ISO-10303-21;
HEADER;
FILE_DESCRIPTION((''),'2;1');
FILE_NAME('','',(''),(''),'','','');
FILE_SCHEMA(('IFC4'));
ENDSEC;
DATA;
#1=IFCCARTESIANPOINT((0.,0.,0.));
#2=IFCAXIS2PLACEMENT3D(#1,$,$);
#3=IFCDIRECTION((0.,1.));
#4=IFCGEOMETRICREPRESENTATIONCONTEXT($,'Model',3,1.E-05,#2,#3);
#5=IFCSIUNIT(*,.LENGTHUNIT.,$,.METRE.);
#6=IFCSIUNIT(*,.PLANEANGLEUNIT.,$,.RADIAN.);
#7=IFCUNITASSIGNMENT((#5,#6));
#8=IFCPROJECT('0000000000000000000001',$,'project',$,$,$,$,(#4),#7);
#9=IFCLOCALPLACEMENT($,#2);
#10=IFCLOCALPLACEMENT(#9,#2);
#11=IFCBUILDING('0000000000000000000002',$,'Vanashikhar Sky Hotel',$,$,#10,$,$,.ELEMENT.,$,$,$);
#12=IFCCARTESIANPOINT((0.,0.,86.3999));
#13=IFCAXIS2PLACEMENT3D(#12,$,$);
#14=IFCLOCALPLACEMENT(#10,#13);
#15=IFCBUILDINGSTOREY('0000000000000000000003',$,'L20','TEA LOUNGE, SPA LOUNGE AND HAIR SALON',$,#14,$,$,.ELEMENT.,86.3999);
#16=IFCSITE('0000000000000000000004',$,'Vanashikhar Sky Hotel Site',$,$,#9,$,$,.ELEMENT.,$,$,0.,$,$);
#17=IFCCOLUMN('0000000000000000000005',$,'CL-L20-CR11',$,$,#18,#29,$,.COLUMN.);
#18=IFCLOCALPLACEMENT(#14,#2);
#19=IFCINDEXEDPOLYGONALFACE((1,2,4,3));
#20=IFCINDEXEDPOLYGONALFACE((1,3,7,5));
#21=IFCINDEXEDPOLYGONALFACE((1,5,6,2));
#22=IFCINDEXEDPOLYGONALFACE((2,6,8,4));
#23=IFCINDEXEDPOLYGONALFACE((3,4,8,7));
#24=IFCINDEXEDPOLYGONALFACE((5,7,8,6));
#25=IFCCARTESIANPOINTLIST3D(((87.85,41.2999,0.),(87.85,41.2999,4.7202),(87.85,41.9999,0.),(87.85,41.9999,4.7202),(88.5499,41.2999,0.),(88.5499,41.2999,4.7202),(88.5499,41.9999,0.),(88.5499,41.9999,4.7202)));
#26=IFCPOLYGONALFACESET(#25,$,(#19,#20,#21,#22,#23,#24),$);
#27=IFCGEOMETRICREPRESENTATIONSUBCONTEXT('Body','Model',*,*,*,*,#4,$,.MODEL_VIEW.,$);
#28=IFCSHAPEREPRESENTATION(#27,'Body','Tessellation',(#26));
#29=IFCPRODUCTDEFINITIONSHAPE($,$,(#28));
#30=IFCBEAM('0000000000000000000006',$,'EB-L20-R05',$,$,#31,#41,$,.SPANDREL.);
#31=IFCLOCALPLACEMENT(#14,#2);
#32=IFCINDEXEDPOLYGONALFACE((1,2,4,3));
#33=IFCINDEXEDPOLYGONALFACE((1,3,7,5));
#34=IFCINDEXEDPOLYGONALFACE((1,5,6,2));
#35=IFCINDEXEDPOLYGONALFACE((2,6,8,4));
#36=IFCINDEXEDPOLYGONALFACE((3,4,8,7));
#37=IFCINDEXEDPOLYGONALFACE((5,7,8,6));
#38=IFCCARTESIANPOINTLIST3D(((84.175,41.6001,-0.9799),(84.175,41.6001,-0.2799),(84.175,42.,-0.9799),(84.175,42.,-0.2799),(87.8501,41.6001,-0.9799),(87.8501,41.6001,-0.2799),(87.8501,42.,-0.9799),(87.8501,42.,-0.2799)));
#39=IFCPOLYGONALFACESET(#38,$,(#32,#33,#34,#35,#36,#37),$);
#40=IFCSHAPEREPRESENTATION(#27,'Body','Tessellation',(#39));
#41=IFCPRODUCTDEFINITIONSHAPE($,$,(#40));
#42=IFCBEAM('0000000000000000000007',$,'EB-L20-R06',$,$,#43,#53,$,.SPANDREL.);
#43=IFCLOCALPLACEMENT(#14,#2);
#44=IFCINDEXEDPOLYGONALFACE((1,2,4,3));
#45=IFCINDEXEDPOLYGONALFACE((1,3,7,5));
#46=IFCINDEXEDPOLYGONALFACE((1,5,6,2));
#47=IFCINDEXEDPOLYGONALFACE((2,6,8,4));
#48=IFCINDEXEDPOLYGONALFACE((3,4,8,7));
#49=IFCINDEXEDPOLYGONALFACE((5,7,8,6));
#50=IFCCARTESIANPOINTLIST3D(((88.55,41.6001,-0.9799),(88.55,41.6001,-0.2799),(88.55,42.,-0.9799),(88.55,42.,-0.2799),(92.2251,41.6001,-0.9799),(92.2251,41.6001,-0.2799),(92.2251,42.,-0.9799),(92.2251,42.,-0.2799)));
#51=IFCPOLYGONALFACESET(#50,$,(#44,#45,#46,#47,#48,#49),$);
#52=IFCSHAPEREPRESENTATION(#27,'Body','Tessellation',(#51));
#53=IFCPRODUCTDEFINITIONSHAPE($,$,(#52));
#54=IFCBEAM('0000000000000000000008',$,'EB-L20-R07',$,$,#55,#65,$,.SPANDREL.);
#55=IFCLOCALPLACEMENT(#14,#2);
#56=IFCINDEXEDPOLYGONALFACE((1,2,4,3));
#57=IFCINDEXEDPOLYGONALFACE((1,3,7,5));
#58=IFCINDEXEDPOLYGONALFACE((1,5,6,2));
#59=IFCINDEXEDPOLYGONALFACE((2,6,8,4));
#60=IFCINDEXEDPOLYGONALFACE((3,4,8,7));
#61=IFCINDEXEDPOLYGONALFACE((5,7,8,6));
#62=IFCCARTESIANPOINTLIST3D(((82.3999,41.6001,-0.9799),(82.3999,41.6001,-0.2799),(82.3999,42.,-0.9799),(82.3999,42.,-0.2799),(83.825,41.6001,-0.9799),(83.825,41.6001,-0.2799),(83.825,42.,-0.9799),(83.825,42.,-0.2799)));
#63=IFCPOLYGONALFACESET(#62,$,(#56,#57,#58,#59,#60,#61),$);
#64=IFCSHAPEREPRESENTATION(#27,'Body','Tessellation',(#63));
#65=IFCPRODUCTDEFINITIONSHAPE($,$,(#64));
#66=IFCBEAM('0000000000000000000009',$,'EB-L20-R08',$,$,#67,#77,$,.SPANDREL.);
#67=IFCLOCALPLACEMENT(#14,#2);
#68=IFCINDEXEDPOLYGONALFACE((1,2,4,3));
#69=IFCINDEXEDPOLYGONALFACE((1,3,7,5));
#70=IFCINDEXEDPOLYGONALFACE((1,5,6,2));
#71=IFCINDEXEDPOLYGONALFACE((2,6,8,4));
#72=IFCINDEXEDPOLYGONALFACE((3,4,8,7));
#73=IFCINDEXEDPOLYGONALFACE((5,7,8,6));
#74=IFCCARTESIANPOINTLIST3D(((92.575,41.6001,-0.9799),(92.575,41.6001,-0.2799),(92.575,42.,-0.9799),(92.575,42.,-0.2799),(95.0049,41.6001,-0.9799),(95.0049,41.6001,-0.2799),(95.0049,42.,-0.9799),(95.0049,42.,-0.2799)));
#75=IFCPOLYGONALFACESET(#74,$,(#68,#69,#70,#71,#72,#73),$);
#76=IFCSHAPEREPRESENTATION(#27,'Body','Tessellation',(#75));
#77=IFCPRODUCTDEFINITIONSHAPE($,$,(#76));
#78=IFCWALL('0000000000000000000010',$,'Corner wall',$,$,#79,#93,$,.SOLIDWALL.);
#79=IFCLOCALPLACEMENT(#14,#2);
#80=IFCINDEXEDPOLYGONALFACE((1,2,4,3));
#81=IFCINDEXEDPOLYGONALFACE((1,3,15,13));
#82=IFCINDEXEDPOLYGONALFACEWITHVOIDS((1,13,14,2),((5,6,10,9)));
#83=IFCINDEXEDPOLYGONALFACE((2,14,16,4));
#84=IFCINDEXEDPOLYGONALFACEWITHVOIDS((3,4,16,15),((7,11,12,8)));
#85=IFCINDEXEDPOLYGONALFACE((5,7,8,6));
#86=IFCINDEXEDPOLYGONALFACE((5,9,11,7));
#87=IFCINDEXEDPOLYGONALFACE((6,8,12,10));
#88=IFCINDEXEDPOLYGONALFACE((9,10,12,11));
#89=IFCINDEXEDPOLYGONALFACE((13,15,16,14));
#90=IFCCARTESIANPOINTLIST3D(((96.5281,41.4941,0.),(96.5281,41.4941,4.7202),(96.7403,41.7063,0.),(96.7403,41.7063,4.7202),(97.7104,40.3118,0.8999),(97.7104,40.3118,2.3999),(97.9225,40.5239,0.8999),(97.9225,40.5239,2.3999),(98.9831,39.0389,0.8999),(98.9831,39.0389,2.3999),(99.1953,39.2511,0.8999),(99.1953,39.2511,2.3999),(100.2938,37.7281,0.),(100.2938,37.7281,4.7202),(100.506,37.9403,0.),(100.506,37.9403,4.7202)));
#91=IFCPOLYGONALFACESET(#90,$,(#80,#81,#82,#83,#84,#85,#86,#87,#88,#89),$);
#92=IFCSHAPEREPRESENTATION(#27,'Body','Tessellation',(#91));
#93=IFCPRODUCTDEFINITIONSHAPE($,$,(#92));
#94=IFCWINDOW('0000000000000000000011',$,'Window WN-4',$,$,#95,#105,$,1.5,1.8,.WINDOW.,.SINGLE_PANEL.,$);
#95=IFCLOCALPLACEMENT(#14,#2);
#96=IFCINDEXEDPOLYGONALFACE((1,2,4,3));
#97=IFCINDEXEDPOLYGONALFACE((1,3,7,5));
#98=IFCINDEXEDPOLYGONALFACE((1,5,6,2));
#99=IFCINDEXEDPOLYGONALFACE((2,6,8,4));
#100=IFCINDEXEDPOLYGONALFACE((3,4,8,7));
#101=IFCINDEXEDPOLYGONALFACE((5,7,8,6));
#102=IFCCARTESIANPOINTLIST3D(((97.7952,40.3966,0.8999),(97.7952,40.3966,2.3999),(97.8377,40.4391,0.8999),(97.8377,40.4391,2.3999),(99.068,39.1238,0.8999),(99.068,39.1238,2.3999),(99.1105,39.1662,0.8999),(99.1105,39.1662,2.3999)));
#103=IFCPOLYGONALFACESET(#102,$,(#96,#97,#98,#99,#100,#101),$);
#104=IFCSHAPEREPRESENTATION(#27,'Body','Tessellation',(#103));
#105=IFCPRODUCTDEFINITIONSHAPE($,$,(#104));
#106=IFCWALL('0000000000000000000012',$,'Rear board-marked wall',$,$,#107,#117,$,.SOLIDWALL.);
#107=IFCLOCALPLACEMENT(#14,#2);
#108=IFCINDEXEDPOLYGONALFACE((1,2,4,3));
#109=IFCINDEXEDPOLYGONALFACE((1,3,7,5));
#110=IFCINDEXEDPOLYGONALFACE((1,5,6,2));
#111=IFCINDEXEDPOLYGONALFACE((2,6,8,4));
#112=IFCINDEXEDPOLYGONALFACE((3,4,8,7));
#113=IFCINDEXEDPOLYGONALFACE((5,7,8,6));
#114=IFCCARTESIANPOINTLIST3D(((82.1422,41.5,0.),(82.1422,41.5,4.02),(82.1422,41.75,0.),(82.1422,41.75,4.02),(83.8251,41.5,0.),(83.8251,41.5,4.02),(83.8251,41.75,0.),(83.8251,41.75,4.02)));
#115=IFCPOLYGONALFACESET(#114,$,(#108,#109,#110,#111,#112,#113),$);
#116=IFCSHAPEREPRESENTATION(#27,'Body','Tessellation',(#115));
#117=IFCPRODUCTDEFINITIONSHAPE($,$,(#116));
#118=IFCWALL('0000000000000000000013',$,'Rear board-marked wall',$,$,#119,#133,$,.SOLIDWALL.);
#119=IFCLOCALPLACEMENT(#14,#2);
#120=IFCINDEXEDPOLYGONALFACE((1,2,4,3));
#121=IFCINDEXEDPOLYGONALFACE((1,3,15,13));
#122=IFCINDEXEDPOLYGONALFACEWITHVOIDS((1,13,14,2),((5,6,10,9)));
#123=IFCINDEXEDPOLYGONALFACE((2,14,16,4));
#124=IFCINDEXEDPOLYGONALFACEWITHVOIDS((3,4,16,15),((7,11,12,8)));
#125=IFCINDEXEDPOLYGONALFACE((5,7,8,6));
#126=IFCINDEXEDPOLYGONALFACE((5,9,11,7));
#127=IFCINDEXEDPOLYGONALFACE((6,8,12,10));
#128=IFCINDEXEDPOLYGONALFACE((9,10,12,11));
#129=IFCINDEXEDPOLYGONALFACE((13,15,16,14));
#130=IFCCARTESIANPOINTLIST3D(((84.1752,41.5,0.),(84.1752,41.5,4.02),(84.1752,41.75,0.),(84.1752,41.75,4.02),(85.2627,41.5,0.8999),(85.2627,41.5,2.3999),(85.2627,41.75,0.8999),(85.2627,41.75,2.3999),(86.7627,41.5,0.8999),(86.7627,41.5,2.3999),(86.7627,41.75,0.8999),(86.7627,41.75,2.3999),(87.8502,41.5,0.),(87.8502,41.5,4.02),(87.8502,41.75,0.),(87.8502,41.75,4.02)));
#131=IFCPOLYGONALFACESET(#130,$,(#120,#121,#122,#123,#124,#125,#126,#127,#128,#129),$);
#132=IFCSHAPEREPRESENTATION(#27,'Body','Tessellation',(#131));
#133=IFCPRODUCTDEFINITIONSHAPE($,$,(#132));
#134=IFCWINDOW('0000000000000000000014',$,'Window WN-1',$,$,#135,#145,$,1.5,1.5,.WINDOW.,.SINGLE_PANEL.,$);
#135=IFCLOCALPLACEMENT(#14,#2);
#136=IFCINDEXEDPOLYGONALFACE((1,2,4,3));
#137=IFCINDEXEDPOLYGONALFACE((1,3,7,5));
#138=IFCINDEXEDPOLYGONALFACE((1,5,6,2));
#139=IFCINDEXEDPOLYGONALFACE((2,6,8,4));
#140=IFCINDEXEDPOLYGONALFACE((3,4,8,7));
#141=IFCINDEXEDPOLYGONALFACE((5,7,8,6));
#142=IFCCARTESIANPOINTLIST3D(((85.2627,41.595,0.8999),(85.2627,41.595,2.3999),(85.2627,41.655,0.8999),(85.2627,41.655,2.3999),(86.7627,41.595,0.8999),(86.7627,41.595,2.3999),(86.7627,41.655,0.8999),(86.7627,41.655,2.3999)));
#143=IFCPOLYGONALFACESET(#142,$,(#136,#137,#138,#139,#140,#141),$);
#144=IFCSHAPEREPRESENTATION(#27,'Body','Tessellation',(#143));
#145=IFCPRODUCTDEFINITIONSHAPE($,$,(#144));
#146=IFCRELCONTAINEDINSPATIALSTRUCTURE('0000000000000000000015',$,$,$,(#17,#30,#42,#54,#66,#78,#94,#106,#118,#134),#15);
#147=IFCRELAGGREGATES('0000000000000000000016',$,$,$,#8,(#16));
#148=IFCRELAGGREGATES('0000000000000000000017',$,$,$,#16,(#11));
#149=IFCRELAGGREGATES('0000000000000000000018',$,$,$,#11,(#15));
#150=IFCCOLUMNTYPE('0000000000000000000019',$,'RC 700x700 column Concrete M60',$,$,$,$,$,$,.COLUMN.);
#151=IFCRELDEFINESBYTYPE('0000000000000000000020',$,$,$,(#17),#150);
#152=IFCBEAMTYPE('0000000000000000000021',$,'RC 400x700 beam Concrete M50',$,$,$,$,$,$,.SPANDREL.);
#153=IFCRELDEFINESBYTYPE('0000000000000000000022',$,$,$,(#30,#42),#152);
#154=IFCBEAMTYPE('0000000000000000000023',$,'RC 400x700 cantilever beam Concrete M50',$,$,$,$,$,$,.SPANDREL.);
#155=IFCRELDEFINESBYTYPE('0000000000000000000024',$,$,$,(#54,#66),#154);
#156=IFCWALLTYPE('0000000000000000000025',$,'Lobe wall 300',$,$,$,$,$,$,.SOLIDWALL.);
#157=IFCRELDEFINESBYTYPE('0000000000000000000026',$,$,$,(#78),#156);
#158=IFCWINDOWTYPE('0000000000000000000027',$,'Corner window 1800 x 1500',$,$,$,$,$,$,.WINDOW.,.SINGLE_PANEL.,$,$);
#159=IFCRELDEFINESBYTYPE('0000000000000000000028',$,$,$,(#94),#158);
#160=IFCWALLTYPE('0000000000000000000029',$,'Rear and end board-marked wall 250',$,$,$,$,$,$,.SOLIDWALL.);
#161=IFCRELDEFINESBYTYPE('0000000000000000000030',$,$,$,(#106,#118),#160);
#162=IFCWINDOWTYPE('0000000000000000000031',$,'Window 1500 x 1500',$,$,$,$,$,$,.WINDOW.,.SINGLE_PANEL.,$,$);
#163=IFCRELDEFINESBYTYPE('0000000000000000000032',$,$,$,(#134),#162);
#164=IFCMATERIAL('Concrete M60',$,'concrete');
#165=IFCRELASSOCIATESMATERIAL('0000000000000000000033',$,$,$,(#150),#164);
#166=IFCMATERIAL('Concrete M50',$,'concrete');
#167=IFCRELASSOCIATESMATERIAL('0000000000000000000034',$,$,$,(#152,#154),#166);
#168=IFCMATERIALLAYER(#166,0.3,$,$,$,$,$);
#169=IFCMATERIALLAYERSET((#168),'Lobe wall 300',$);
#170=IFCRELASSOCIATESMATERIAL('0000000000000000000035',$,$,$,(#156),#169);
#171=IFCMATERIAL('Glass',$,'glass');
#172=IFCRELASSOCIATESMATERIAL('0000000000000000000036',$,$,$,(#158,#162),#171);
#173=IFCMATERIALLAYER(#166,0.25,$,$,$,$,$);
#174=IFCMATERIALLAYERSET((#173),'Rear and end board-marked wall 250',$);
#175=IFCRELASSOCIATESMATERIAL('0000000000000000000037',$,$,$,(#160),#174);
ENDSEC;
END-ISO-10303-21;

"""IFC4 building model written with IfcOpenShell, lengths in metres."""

from ifc_helpers import new_model, si_unit, direction, frame, frame_2d, origin, origin_2d, place, context, subcontext, project, spatial, rectangle, extrude, source, transform, mapped, material, layer, layer_set, material_profile, profile_set, type_object, element, fill, save


model = new_model("IFC4")

# Units and contexts
model_context = context("Model", 3, precision=1e-05, world=origin(), true_north=direction((0.0, 1.0)))
body_context = subcontext(model_context, "Body", "Model", "MODEL_VIEW")
ifc_project = project(units=[si_unit("LENGTHUNIT", "METRE"), si_unit("PLANEANGLEUNIT", "RADIAN")], contexts=[model_context])

# Site, building, storey
site_placement = place(None, origin())
site = spatial("IfcSite", under=ifc_project, at=site_placement, Name="Vanashikhar Sky Hotel Site", CompositionType="ELEMENT", RefElevation=0.0)
building_placement = place(site_placement, origin())
building = spatial("IfcBuilding", under=site, at=building_placement, Name="Vanashikhar Sky Hotel", CompositionType="ELEMENT")
storey_placement = place(building_placement, frame((0.0, 0.0, 86.3999)))
storey = spatial("IfcBuildingStorey", under=building, at=storey_placement, Name="L20", Description="TEA LOUNGE, SPA LOUNGE AND HAIR SALON", CompositionType="ELEMENT", Elevation=86.3999)

# Column
ifc_material_1 = material(Name="Concrete M60", Category="concrete")
ifc_material_profile_1 = material_profile(ifc_material_1, rectangle(XDim=0.7, YDim=0.7, at=origin_2d()))
ifc_profile_set_1 = profile_set([ifc_material_profile_1], Name="RC 700x700 column Concrete M60")
column_type = type_object("IfcColumnType", Name="RC 700x700 column Concrete M60", PredefinedType="COLUMN", material=ifc_profile_set_1)
shared_shape_1 = source(origin(), body_context, "Body", "SweptSolid", [
    extrude(rectangle(XDim=0.7, YDim=0.7, at=origin_2d()), origin(), (0.0, 0.0, 1.0), 4.7202),
])
column_placement = place(storey_placement, frame((88.2, 41.6499, 0.0), z_axis=(0.0, 0.0, 1.0), x_axis=(1.0, 0.0, 0.0)))
element("IfcColumn", 1, at=column_placement, inside=storey, type_object=column_type, Name="CL-L20-CR11", PredefinedType="COLUMN", context=body_context, shape_type="MappedRepresentation", body=[
    mapped(shared_shape_1, transform((0.0, 0.0, 0.0), scale=1.0)),
])

# Beams
ifc_material_2 = material(Name="Concrete M50", Category="concrete")
ifc_material_profile_2 = material_profile(ifc_material_2, rectangle(XDim=0.3999, YDim=0.7, at=origin_2d()))
ifc_profile_set_2 = profile_set([ifc_material_profile_2], Name="RC 400x700 beam Concrete M50")
beam_type_1 = type_object("IfcBeamType", Name="RC 400x700 beam Concrete M50", PredefinedType="SPANDREL", material=ifc_profile_set_2)
shared_shape_2 = source(origin(), body_context, "Body", "SweptSolid", [
    extrude(rectangle(XDim=0.3999, YDim=0.7, at=origin_2d()), origin(), (0.0, 0.0, 1.0), 3.675),
])
for number, where, z_axis, x_axis, name in (
    (2, (84.175, 41.8, -0.6299), (1.0, 0.0, 0.0), (0.0, 1.0, 0.0), "EB-L20-R05"),
    (3, (88.55, 41.8, -0.6299), (1.0, 0.0, 0.0), (0.0, 1.0, 0.0), "EB-L20-R06"),
):
    element("IfcBeam", number, at=place(storey_placement, frame(where, z_axis=z_axis, x_axis=x_axis)), inside=storey, type_object=beam_type_1, Name=name, PredefinedType="SPANDREL", context=body_context, shape_type="MappedRepresentation", body=[
        mapped(shared_shape_2, transform((0.0, 0.0, 0.0), scale=1.0)),
    ])
ifc_material_profile_3 = material_profile(ifc_material_2, rectangle(XDim=0.3999, YDim=0.7, at=origin_2d()))
ifc_profile_set_3 = profile_set([ifc_material_profile_3], Name="RC 400x700 cantilever beam Concrete M50")
beam_type_2 = type_object("IfcBeamType", Name="RC 400x700 cantilever beam Concrete M50", PredefinedType="SPANDREL", material=ifc_profile_set_3)
shared_shape_3 = source(origin(), body_context, "Body", "SweptSolid", [
    extrude(rectangle(XDim=0.3999, YDim=0.7, at=origin_2d()), origin(), (0.0, 0.0, 1.0), 1.425),
])
beam_1_placement = place(storey_placement, frame((82.3999, 41.8, -0.6299), z_axis=(1.0, 0.0, 0.0), x_axis=(0.0, 1.0, 0.0)))
element("IfcBeam", 4, at=beam_1_placement, inside=storey, type_object=beam_type_2, Name="EB-L20-R07", PredefinedType="SPANDREL", context=body_context, shape_type="MappedRepresentation", body=[
    mapped(shared_shape_3, transform((0.0, 0.0, 0.0), scale=1.0)),
])
shared_shape_4 = source(origin(), body_context, "Body", "SweptSolid", [
    extrude(rectangle(XDim=0.3999, YDim=0.7, at=origin_2d()), origin(), (0.0, 0.0, 1.0), 2.4299),
])
beam_2_placement = place(storey_placement, frame((92.575, 41.8, -0.6299), z_axis=(1.0, 0.0, 0.0), x_axis=(0.0, 1.0, 0.0)))
element("IfcBeam", 5, at=beam_2_placement, inside=storey, type_object=beam_type_2, Name="EB-L20-R08", PredefinedType="SPANDREL", context=body_context, shape_type="MappedRepresentation", body=[
    mapped(shared_shape_4, transform((0.0, 0.0, 0.0), scale=1.0)),
])

# Wall, opening, window
ifc_layer_1 = layer(ifc_material_2, 0.3)
ifc_layer_set_1 = layer_set([ifc_layer_1], Name="Lobe wall 300")
wall_type_1 = type_object("IfcWallType", Name="Lobe wall 300", PredefinedType="SOLIDWALL", material=ifc_layer_set_1)
shared_shape_5 = source(origin(), body_context, "Body", "SweptSolid", [
    extrude(rectangle(XDim=5.3257, YDim=0.3, at=frame_2d((2.6628, 0.0))), origin(), (0.0, 0.0, 1.0), 4.7202),
])
wall_1_placement = place(storey_placement, frame((100.3999, 37.8342, 0.0), z_axis=(0.0, 0.0, 1.0), x_axis=(-0.707084, 0.70713, 0.0)))
wall_1 = element("IfcWall", 6, at=wall_1_placement, inside=storey, type_object=wall_type_1, Name="Corner wall", PredefinedType="SOLIDWALL", context=body_context, shape_type="MappedRepresentation", body=[
    mapped(shared_shape_5, transform((0.0, 0.0, 0.0), scale=1.0)),
])
shared_shape_6 = source(origin(), body_context, "Body", "SweptSolid", [
    extrude(rectangle(XDim=1.8, YDim=1.5, at=frame_2d((0.8999, 0.75))), frame((0.0, 0.1602, 0.0), z_axis=(0.0, -1.0, 0.0), x_axis=(1.0, 0.0, 0.0)), (0.0, 0.0, 1.0), 0.3201),
])
opening_1_placement = place(wall_1_placement, frame((1.8538, 0.0, 0.8999)))
opening_1 = element("IfcOpeningElement", 7, at=opening_1_placement, cuts=wall_1, PredefinedType="OPENING", context=body_context, shape_type="MappedRepresentation", body=[
    mapped(shared_shape_6, transform((0.0, 0.0, 0.0), scale=1.0)),
])
ifc_material_3 = material(Name="Glass", Category="glass")
window_type_1 = type_object("IfcWindowType", Name="Corner window 1800 x 1500", PartitioningType="SINGLE_PANEL", PredefinedType="WINDOW", material=ifc_material_3)
shared_shape_7 = source(origin(), body_context, "Body", "SweptSolid", [
    extrude(rectangle(XDim=1.8, YDim=1.5, at=frame_2d((0.8999, 0.75))), frame((0.0, 0.03, 0.0), z_axis=(0.0, -1.0, 0.0), x_axis=(1.0, 0.0, 0.0)), (0.0, 0.0, 1.0), 0.0601),
])
window_1_placement = place(opening_1_placement, origin())
window_1 = element("IfcWindow", 8, at=window_1_placement, inside=storey, type_object=window_type_1, Name="Window WN-4", OverallHeight=1.5, OverallWidth=1.8, PartitioningType="SINGLE_PANEL", PredefinedType="WINDOW", context=body_context, shape_type="MappedRepresentation", body=[
    mapped(shared_shape_7, transform((0.0, 0.0, 0.0), scale=1.0)),
])
fill(opening_1, window_1)

# Wall
ifc_layer_2 = layer(ifc_material_2, 0.25)
ifc_layer_set_2 = layer_set([ifc_layer_2], Name="Rear and end board-marked wall 250")
wall_type_2 = type_object("IfcWallType", Name="Rear and end board-marked wall 250", PredefinedType="SOLIDWALL", material=ifc_layer_set_2)
shared_shape_8 = source(origin(), body_context, "Body", "SweptSolid", [
    extrude(rectangle(XDim=1.6829, YDim=0.25, at=frame_2d((0.8413, 0.0))), origin(), (0.0, 0.0, 1.0), 4.02),
])
wall_2_placement = place(storey_placement, frame((83.825, 41.625, 0.0), z_axis=(0.0, 0.0, 1.0), x_axis=(-1.0, 0.0, 0.0)))
element("IfcWall", 9, at=wall_2_placement, inside=storey, type_object=wall_type_2, Name="Rear board-marked wall", PredefinedType="SOLIDWALL", context=body_context, shape_type="MappedRepresentation", body=[
    mapped(shared_shape_8, transform((0.0, 0.0, 0.0), scale=1.0)),
])

# Wall, opening, window
shared_shape_9 = source(origin(), body_context, "Body", "SweptSolid", [
    extrude(rectangle(XDim=3.675, YDim=0.25, at=frame_2d((1.8374, 0.0))), origin(), (0.0, 0.0, 1.0), 4.02),
])
wall_3_placement = place(storey_placement, frame((87.8501, 41.625, 0.0), z_axis=(0.0, 0.0, 1.0), x_axis=(-1.0, 0.0, 0.0)))
wall_3 = element("IfcWall", 10, at=wall_3_placement, inside=storey, type_object=wall_type_2, Name="Rear board-marked wall", PredefinedType="SOLIDWALL", context=body_context, shape_type="MappedRepresentation", body=[
    mapped(shared_shape_9, transform((0.0, 0.0, 0.0), scale=1.0)),
])
shared_shape_10 = source(origin(), body_context, "Body", "SweptSolid", [
    extrude(rectangle(XDim=1.5, YDim=1.5, at=frame_2d((0.75, 0.75))), frame((0.0, 0.135, 0.0), z_axis=(0.0, -1.0, 0.0), x_axis=(1.0, 0.0, 0.0)), (0.0, 0.0, 1.0), 0.27),
])
opening_2_placement = place(wall_3_placement, frame((1.0874, 0.0, 0.8999)))
opening_2 = element("IfcOpeningElement", 11, at=opening_2_placement, cuts=wall_3, PredefinedType="OPENING", context=body_context, shape_type="MappedRepresentation", body=[
    mapped(shared_shape_10, transform((0.0, 0.0, 0.0), scale=1.0)),
])
window_type_2 = type_object("IfcWindowType", Name="Window 1500 x 1500", PartitioningType="SINGLE_PANEL", PredefinedType="WINDOW", material=ifc_material_3)
shared_shape_11 = source(origin(), body_context, "Body", "SweptSolid", [
    extrude(rectangle(XDim=1.5, YDim=1.5, at=frame_2d((0.75, 0.75))), frame((0.0, 0.03, 0.0), z_axis=(0.0, -1.0, 0.0), x_axis=(1.0, 0.0, 0.0)), (0.0, 0.0, 1.0), 0.0601),
])
window_2_placement = place(opening_2_placement, origin())
window_2 = element("IfcWindow", 12, at=window_2_placement, inside=storey, type_object=window_type_2, Name="Window WN-1", OverallHeight=1.5, OverallWidth=1.5, PartitioningType="SINGLE_PANEL", PredefinedType="WINDOW", context=body_context, shape_type="MappedRepresentation", body=[
    mapped(shared_shape_11, transform((0.0, 0.0, 0.0), scale=1.0)),
])
fill(opening_2, window_2)

save(model, "model.ifc")
